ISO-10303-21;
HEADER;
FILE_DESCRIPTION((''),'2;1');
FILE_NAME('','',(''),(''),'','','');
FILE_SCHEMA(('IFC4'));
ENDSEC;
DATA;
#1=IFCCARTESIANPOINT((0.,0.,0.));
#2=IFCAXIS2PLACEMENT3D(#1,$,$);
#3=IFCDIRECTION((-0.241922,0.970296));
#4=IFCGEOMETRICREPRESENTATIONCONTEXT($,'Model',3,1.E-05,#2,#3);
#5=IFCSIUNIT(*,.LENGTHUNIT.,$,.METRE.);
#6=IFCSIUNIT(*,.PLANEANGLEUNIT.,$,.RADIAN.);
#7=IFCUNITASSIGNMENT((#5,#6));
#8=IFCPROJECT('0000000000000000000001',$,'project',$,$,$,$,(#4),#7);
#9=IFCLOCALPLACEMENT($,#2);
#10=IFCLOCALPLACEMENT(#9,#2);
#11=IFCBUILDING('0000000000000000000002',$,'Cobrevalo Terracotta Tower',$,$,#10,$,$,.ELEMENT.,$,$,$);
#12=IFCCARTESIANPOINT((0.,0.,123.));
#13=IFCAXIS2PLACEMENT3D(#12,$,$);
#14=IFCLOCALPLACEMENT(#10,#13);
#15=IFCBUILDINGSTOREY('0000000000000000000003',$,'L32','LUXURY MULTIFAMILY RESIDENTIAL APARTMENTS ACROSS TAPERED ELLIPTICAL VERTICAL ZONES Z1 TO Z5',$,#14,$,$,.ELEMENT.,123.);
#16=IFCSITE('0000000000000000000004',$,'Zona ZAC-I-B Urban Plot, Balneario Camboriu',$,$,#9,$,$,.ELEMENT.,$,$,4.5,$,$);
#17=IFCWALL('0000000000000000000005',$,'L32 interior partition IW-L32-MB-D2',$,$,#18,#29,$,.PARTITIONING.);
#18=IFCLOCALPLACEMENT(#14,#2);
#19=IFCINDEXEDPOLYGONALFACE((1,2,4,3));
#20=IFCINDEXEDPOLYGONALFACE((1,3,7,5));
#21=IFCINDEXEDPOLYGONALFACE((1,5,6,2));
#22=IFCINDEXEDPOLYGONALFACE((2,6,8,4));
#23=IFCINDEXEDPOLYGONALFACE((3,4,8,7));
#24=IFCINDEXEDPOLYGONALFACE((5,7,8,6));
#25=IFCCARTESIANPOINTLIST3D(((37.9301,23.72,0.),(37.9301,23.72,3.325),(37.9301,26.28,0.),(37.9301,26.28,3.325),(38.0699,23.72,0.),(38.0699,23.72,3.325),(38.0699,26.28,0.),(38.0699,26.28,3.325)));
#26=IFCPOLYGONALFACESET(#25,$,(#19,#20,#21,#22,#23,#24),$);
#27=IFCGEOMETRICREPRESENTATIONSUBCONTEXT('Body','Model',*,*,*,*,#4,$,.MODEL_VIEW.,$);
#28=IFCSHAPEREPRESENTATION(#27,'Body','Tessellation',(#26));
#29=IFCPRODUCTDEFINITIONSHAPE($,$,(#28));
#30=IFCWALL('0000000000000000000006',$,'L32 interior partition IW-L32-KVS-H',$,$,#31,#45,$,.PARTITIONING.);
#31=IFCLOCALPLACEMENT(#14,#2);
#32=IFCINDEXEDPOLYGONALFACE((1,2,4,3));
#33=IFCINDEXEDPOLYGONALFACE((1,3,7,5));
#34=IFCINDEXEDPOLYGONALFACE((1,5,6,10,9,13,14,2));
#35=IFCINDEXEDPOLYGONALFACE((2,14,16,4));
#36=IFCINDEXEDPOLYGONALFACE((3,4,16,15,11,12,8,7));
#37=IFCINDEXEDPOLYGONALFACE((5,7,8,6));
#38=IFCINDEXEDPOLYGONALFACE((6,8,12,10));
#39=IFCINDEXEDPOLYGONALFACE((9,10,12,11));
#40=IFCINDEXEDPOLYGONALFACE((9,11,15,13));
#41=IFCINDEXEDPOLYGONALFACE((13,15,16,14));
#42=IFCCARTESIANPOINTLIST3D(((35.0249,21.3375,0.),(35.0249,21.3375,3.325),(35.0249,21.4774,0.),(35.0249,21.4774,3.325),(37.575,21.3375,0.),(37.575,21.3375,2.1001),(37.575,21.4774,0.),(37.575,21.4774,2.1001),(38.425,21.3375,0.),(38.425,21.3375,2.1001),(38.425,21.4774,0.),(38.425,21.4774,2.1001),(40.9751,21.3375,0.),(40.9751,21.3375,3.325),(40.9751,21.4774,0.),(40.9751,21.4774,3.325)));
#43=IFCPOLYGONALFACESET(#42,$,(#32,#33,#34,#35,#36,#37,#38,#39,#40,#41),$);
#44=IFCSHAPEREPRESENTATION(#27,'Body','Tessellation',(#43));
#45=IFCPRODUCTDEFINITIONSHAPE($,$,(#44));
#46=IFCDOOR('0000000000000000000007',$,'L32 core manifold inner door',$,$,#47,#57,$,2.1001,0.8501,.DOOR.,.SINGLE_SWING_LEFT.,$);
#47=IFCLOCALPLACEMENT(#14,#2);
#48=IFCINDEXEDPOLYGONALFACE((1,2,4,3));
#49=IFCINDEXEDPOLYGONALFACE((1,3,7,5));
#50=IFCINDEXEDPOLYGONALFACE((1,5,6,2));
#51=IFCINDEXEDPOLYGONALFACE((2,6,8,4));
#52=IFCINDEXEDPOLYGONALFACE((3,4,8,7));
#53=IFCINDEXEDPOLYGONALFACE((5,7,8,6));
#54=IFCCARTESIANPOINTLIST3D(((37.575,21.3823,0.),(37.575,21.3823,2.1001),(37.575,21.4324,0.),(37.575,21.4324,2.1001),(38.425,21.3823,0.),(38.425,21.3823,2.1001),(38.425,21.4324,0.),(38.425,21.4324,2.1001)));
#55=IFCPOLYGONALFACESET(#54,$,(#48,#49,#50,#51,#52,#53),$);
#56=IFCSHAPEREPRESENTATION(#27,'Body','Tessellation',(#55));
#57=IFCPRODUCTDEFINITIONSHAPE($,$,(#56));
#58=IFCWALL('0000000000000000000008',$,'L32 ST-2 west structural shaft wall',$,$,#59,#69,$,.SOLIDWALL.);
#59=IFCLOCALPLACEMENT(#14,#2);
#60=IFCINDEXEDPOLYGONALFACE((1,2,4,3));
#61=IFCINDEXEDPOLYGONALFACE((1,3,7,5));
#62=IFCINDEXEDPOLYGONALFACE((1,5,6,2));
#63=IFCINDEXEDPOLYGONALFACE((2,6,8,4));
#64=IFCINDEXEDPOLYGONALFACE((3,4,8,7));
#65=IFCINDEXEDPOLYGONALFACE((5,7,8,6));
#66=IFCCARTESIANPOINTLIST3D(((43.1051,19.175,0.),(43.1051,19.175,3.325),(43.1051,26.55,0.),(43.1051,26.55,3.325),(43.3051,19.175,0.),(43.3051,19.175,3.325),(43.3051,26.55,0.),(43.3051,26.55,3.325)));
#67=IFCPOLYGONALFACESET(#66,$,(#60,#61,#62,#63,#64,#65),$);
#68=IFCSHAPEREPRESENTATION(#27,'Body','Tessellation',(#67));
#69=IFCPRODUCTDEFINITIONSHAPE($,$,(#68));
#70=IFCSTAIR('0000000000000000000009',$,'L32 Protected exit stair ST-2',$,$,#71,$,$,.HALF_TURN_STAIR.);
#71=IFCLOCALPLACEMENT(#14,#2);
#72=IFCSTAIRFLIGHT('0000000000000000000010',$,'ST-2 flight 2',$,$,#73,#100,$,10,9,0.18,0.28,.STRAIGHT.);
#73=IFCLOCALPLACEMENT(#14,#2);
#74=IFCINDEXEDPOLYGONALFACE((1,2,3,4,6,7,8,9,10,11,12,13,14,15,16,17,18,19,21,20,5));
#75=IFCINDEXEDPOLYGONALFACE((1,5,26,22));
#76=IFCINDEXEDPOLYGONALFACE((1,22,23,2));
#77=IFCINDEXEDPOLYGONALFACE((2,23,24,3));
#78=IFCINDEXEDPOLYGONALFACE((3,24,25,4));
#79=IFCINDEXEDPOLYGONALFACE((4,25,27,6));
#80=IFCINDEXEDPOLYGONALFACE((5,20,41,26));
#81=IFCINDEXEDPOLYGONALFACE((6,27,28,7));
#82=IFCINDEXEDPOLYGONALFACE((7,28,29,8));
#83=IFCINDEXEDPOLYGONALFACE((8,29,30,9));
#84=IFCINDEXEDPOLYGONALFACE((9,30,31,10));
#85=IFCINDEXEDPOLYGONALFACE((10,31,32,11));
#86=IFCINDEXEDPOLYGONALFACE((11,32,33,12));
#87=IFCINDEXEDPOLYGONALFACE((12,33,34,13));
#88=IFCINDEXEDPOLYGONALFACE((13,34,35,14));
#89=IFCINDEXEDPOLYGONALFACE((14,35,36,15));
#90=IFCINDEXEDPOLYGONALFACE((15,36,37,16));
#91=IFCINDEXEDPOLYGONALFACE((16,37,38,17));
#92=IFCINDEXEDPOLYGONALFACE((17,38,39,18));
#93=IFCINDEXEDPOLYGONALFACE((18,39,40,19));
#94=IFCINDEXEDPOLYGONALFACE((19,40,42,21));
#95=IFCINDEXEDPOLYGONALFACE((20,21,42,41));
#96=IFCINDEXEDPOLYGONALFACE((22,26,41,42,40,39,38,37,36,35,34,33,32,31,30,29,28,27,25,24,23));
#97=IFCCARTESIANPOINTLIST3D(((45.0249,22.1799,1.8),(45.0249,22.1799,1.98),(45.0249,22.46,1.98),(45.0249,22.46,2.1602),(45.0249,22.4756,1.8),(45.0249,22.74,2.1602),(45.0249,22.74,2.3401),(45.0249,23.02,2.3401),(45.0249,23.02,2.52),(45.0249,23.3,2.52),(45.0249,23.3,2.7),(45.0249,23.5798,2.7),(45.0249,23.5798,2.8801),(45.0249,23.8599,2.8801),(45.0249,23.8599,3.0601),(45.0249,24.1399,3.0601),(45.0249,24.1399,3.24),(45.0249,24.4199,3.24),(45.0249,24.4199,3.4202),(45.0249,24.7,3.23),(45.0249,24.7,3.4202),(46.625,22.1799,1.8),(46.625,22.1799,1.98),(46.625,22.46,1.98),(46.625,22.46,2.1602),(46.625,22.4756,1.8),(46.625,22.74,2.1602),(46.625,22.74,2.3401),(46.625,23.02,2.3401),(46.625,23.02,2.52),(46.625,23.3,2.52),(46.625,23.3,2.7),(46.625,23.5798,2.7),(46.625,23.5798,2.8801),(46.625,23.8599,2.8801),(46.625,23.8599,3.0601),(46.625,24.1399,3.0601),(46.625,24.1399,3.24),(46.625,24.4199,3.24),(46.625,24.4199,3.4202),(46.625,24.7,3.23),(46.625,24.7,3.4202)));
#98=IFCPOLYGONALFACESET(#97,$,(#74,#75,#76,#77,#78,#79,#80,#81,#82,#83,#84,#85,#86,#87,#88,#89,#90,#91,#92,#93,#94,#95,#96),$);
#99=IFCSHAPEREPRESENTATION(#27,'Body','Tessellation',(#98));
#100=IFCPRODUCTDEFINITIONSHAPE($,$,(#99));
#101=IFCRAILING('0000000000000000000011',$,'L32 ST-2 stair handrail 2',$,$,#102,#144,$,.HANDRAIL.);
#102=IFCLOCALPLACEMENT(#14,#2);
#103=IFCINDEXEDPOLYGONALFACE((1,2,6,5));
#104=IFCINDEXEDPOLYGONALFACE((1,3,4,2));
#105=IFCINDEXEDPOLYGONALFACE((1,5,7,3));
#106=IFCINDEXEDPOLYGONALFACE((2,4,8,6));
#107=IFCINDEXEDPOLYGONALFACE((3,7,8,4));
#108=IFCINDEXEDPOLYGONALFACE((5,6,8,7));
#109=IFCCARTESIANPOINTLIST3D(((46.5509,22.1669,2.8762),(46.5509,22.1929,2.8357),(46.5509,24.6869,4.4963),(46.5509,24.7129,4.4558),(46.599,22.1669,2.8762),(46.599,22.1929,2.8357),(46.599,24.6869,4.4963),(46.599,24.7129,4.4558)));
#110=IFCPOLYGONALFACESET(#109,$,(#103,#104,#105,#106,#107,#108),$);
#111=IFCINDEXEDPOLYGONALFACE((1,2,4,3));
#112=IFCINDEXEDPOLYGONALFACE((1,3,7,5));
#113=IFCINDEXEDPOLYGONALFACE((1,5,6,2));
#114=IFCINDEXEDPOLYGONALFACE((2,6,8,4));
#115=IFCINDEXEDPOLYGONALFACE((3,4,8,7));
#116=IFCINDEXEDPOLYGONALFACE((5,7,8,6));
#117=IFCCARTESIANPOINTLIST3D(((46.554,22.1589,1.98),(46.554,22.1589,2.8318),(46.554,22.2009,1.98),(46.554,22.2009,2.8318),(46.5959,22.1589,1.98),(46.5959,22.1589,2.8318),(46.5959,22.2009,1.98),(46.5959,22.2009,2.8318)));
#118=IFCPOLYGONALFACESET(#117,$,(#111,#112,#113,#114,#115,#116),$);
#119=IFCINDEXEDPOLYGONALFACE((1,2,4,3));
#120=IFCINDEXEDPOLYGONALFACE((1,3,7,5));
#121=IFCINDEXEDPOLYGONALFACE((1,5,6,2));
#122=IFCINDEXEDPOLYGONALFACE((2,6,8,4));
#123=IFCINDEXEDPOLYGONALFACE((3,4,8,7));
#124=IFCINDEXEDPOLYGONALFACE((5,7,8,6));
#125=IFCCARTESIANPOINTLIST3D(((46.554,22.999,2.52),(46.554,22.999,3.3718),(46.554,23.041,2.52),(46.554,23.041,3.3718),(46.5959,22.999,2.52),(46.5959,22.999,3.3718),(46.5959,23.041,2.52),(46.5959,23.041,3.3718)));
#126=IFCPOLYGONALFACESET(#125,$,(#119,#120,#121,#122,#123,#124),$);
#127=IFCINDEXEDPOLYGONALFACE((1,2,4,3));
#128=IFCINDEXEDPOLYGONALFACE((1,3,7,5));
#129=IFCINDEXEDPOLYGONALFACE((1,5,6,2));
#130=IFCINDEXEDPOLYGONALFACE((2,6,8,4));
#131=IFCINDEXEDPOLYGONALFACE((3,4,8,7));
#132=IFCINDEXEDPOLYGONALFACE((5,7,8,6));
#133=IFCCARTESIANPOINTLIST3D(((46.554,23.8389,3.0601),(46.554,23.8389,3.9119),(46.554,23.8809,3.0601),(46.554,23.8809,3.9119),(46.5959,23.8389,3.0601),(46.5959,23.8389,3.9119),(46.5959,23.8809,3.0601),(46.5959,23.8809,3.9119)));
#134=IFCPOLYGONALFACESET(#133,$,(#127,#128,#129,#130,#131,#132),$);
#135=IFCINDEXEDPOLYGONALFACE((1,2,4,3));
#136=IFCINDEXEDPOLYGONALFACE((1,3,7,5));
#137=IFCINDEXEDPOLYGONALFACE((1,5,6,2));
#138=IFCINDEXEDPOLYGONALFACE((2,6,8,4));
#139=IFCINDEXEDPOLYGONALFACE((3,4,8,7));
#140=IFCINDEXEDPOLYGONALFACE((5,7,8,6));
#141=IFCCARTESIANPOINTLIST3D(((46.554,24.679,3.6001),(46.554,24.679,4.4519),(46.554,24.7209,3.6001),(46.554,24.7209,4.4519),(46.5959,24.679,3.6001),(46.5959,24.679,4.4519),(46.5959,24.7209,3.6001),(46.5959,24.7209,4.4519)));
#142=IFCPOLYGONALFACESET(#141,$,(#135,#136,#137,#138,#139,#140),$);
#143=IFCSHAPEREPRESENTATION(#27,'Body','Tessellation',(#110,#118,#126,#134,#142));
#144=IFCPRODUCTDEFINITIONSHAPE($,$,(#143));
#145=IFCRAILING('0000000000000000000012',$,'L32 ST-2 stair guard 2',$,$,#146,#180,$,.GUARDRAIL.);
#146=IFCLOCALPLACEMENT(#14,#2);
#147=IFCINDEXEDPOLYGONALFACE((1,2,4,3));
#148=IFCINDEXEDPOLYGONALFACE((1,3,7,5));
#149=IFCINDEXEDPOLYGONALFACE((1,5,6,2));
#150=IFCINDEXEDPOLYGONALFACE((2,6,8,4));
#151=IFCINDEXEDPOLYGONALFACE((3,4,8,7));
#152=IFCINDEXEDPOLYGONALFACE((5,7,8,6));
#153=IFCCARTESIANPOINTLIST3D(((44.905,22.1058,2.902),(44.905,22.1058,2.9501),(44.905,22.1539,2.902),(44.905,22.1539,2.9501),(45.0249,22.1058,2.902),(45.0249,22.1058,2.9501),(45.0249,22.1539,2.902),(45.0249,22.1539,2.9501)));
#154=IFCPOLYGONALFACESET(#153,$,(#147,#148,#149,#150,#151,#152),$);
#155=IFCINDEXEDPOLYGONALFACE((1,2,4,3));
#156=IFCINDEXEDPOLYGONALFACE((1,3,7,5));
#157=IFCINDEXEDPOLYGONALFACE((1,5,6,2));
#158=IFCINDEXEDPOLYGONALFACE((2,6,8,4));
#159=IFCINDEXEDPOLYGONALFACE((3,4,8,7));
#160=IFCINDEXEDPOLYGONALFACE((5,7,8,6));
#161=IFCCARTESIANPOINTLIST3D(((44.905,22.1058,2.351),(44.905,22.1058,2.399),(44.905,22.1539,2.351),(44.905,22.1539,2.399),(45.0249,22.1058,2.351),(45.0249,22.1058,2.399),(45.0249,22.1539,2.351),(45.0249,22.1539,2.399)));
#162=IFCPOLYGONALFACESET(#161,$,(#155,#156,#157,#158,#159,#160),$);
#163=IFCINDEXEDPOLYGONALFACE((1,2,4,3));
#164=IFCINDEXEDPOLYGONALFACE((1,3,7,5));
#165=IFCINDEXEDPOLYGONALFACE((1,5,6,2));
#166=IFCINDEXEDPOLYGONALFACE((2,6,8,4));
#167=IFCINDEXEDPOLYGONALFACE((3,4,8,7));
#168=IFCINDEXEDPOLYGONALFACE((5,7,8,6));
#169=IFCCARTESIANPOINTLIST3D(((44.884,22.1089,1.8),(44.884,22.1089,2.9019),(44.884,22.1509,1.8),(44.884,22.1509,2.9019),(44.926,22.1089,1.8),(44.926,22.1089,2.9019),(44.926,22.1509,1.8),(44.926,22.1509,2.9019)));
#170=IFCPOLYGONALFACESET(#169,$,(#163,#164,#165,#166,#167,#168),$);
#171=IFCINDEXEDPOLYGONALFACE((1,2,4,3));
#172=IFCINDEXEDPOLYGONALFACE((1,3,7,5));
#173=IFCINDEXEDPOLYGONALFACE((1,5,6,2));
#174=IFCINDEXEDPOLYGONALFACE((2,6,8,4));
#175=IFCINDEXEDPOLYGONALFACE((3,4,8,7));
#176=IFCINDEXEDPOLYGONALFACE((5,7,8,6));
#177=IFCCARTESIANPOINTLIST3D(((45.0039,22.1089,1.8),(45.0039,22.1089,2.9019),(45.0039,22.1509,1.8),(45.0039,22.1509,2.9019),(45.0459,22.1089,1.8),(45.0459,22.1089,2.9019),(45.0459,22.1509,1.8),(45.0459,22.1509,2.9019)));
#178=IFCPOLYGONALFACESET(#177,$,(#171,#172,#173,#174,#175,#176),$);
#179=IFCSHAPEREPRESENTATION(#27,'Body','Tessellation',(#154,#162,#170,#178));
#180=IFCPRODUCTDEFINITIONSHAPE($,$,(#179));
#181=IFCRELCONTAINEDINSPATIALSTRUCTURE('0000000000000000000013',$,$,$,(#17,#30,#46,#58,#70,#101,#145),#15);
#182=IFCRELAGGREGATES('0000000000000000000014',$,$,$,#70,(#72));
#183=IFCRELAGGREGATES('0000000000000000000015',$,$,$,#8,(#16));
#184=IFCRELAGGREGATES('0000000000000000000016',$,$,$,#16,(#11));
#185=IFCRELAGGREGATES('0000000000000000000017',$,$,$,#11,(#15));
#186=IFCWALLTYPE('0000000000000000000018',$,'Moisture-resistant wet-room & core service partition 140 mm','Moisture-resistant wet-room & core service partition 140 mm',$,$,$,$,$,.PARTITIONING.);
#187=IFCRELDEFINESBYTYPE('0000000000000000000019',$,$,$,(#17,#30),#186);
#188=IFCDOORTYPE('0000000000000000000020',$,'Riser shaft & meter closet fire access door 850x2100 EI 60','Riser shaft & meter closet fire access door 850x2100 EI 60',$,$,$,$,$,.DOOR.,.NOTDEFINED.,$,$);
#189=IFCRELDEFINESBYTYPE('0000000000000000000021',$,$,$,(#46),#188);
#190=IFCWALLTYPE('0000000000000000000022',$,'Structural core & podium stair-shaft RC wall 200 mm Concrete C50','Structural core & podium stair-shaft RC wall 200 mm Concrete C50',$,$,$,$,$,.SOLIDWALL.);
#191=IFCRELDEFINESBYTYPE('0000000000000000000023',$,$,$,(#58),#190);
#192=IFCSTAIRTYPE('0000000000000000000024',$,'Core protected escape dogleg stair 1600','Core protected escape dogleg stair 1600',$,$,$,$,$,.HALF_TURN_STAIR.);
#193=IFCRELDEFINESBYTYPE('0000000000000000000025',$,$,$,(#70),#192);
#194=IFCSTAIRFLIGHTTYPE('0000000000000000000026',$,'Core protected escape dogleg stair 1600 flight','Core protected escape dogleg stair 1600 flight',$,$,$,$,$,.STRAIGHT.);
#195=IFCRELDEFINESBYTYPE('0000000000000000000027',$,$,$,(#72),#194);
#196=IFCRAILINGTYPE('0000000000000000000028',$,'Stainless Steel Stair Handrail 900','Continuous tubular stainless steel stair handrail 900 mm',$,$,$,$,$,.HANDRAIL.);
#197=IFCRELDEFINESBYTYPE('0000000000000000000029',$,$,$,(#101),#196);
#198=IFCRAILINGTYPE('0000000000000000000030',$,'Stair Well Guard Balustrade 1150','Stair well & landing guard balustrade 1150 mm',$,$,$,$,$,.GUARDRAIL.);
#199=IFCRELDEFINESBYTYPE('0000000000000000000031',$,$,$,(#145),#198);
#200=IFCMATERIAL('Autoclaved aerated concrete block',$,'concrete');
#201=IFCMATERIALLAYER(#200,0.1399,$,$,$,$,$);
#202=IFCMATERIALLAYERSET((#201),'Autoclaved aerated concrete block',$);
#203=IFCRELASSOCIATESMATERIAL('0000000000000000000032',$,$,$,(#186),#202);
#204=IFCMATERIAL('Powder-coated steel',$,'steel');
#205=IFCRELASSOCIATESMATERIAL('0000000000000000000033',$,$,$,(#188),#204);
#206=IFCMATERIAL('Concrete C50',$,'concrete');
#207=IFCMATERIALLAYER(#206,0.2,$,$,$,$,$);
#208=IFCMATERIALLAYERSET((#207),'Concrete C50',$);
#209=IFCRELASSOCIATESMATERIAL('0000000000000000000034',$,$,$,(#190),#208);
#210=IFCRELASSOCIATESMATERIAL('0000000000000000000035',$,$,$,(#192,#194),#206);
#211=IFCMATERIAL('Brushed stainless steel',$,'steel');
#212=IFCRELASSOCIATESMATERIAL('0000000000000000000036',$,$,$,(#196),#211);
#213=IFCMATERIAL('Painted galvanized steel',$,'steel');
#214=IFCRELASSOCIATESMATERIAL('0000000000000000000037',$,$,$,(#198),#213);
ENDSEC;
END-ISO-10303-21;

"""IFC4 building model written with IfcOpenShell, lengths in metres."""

from ifc_helpers import new_model, si_unit, direction, frame, frame_2d, origin, origin_2d, place, context, subcontext, project, spatial, polyline, rectangle, outline, extrude, source, transform, mapped, material, layer, layer_set, type_object, element, fill, aggregate, save


model = new_model("IFC4")

# Units and contexts
model_context = context("Model", 3, precision=1e-05, world=origin(), true_north=direction((-0.241922, 0.970296)))
body_context = subcontext(model_context, "Body", "Model", "MODEL_VIEW")
ifc_project = project(units=[si_unit("LENGTHUNIT", "METRE"), si_unit("PLANEANGLEUNIT", "RADIAN")], contexts=[model_context])

# Site, building, storey
site_placement = place(None, origin())
site = spatial("IfcSite", under=ifc_project, at=site_placement, Name="Zona ZAC-I-B Urban Plot, Balneario Camboriu", CompositionType="ELEMENT", RefElevation=4.5)
building_placement = place(site_placement, origin())
building = spatial("IfcBuilding", under=site, at=building_placement, Name="Cobrevalo Terracotta Tower", CompositionType="ELEMENT")
storey_placement = place(building_placement, frame((0.0, 0.0, 123.0)))
storey = spatial("IfcBuildingStorey", under=building, at=storey_placement, Name="L32", Description="LUXURY MULTIFAMILY RESIDENTIAL APARTMENTS ACROSS TAPERED ELLIPTICAL VERTICAL ZONES Z1 TO Z5", CompositionType="ELEMENT", Elevation=123.0)

# Shared definitions
ifc_material_1 = material(Name="Autoclaved aerated concrete block", Category="concrete")

# Wall
ifc_layer_1 = layer(ifc_material_1, 0.1399)
ifc_layer_set_1 = layer_set([ifc_layer_1], Name="Autoclaved aerated concrete block")
wall_type_1 = type_object("IfcWallType", Name="Moisture-resistant wet-room & core service partition 140 mm", Description="Moisture-resistant wet-room & core service partition 140 mm", PredefinedType="PARTITIONING", material=ifc_layer_set_1)
wall_1_placement = place(storey_placement, frame((38.0, 23.72, 0.0), z_axis=(0.0, 0.0, 1.0), x_axis=(0.0, 1.0, 0.0)))
element("IfcWall", 1, at=wall_1_placement, inside=storey, type_object=wall_type_1, Name="L32 interior partition IW-L32-MB-D2", PredefinedType="PARTITIONING", context=body_context, shape_type="SweptSolid", body=[
    extrude(rectangle(XDim=2.5601, YDim=0.1399, at=frame_2d((1.28, 0.0))), origin(), (0.0, 0.0, 1.0), 3.325),
])

# Wall, opening, door
wall_2_placement = place(storey_placement, frame((35.0249, 21.4075, 0.0), z_axis=(0.0, 0.0, 1.0), x_axis=(1.0, 0.0, 0.0)))
wall_2 = element("IfcWall", 2, at=wall_2_placement, inside=storey, type_object=wall_type_1, Name="L32 interior partition IW-L32-KVS-H", PredefinedType="PARTITIONING", context=body_context, shape_type="SweptSolid", body=[
    extrude(rectangle(XDim=5.9502, YDim=0.1399, at=frame_2d((2.9751, 0.0))), origin(), (0.0, 0.0, 1.0), 3.325),
])
opening_1_placement = place(wall_2_placement, frame((2.55, 0.0, 0.0)))
opening_1 = element("IfcOpeningElement", 3, at=opening_1_placement, cuts=wall_2, PredefinedType="OPENING", context=body_context, shape_type="SweptSolid", body=[
    extrude(rectangle(XDim=0.8501, YDim=2.1001, at=frame_2d((0.425, 1.05))), frame((0.0, 0.0801, 0.0), z_axis=(0.0, -1.0, 0.0), x_axis=(1.0, 0.0, 0.0)), (0.0, 0.0, 1.0), 0.1599),
])
ifc_material_2 = material(Name="Powder-coated steel", Category="steel")
door_type_1 = type_object("IfcDoorType", Name="Riser shaft & meter closet fire access door 850x2100 EI 60", Description="Riser shaft & meter closet fire access door 850x2100 EI 60", OperationType="NOTDEFINED", PredefinedType="DOOR", material=ifc_material_2)
shared_shape_1 = source(origin(), body_context, "Body", "SweptSolid", [
    extrude(rectangle(XDim=0.8501, YDim=2.1001, at=frame_2d((0.425, 1.05))), frame((0.0, 0.0249, 0.0), z_axis=(0.0, -1.0, 0.0), x_axis=(1.0, 0.0, 0.0)), (0.0, 0.0, 1.0), 0.05),
])
door_1_placement = place(opening_1_placement, origin())
door_1 = element("IfcDoor", 4, at=door_1_placement, inside=storey, type_object=door_type_1, Name="L32 core manifold inner door", OperationType="SINGLE_SWING_LEFT", OverallHeight=2.1001, OverallWidth=0.8501, PredefinedType="DOOR", context=body_context, shape_type="MappedRepresentation", body=[
    mapped(shared_shape_1, transform((0.0, 0.0, 0.0), scale=1.0)),
])
fill(opening_1, door_1)

# Wall
ifc_material_3 = material(Name="Concrete C50", Category="concrete")
ifc_layer_2 = layer(ifc_material_3, 0.2)
ifc_layer_set_2 = layer_set([ifc_layer_2], Name="Concrete C50")
wall_type_2 = type_object("IfcWallType", Name="Structural core & podium stair-shaft RC wall 200 mm Concrete C50", Description="Structural core & podium stair-shaft RC wall 200 mm Concrete C50", PredefinedType="SOLIDWALL", material=ifc_layer_set_2)
wall_3_placement = place(storey_placement, frame((43.2051, 19.175, 0.0), z_axis=(0.0, 0.0, 1.0), x_axis=(0.0, 1.0, 0.0)))
element("IfcWall", 5, at=wall_3_placement, inside=storey, type_object=wall_type_2, Name="L32 ST-2 west structural shaft wall", PredefinedType="SOLIDWALL", context=body_context, shape_type="SweptSolid", body=[
    extrude(rectangle(XDim=7.375, YDim=0.2, at=frame_2d((3.6875, 0.0))), origin(), (0.0, 0.0, 1.0), 3.325),
])

# Stair, stair flight
stair_type = type_object("IfcStairType", Name="Core protected escape dogleg stair 1600", Description="Core protected escape dogleg stair 1600", PredefinedType="HALF_TURN_STAIR", material=ifc_material_3)
stair_placement = place(storey_placement, origin())
stair = element("IfcStair", 6, at=stair_placement, inside=storey, type_object=stair_type, Name="L32 Protected exit stair ST-2", PredefinedType="HALF_TURN_STAIR")
stair_flight_type = type_object("IfcStairFlightType", Name="Core protected escape dogleg stair 1600 flight", Description="Core protected escape dogleg stair 1600 flight", PredefinedType="STRAIGHT", material=ifc_material_3)
stair_flight_placement = place(storey_placement, frame((45.825, 22.1799, 1.8), z_axis=(0.0, 0.0, 1.0), x_axis=(0.0, 1.0, 0.0)))
stair_flight = element("IfcStairFlight", 7, at=stair_flight_placement, type_object=stair_flight_type, Name="ST-2 flight 2", NumberOfRisers=10, NumberOfTreads=9, PredefinedType="STRAIGHT", RiserHeight=0.18, TreadLength=0.28, context=body_context, shape_type="SweptSolid", body=[
    extrude(outline(polyline([(0.0, 0.0), (0.0, 0.1799), (0.28, 0.1799), (0.28, 0.3601), (0.5601, 0.3601), (0.5601, 0.54), (0.8401, 0.54), (0.8401, 0.72), (1.1201, 0.72), (1.1201, 0.8999), (1.3999, 0.8999), (1.3999, 1.0801), (1.6799, 1.0801), (1.6799, 1.26), (1.96, 1.26), (1.96, 1.4399), (2.24, 1.4399), (2.24, 1.6201), (2.52, 1.6201), (2.52, 1.8), (2.52, 1.4299), (0.2957, 0.0), (0.0, 0.0)])), frame((0.0, 0.8, 0.0), z_axis=(0.0, -1.0, 0.0), x_axis=(1.0, 0.0, 0.0)), (0.0, 0.0, 1.0), 1.6001),
])
aggregate(stair, [stair_flight])

# Railings
ifc_material_4 = material(Name="Brushed stainless steel", Category="steel")
railing_type_1 = type_object("IfcRailingType", Name="Stainless Steel Stair Handrail 900", Description="Continuous tubular stainless steel stair handrail 900 mm", PredefinedType="HANDRAIL", material=ifc_material_4)
railing_1_placement = place(storey_placement, frame((46.575, 22.1799, 1.98)))
element("IfcRailing", 8, at=railing_1_placement, inside=storey, type_object=railing_type_1, Name="L32 ST-2 stair handrail 2", PredefinedType="HANDRAIL", context=body_context, shape_type="SweptSolid", body=[
    extrude(rectangle(XDim=0.0481, YDim=0.0481, at=origin_2d()), frame((0.0, 0.0, 0.876), z_axis=(0.0, 0.841163, 0.540782), x_axis=(-1.0, 0.0, 0.0)), (0.0, 0.0, 1.0), 2.9958),
    extrude(rectangle(XDim=0.042, YDim=0.042, at=origin_2d()), origin(), (0.0, 0.0, 1.0), 0.8518),
    extrude(rectangle(XDim=0.042, YDim=0.042, at=origin_2d()), frame((0.0, 0.8401, 0.54)), (0.0, 0.0, 1.0), 0.8518),
    extrude(rectangle(XDim=0.042, YDim=0.042, at=origin_2d()), frame((0.0, 1.6799, 1.0801)), (0.0, 0.0, 1.0), 0.8518),
    extrude(rectangle(XDim=0.042, YDim=0.042, at=origin_2d()), frame((0.0, 2.52, 1.6201)), (0.0, 0.0, 1.0), 0.8518),
])
ifc_material_5 = material(Name="Painted galvanized steel", Category="steel")
railing_type_2 = type_object("IfcRailingType", Name="Stair Well Guard Balustrade 1150", Description="Stair well & landing guard balustrade 1150 mm", PredefinedType="GUARDRAIL", material=ifc_material_5)
railing_2_placement = place(storey_placement, frame((44.905, 22.1299, 1.8)))
element("IfcRailing", 9, at=railing_2_placement, inside=storey, type_object=railing_type_2, Name="L32 ST-2 stair guard 2", PredefinedType="GUARDRAIL", context=body_context, shape_type="SweptSolid", body=[
    extrude(rectangle(XDim=0.0481, YDim=0.0481, at=origin_2d()), frame((0.0, 0.0, 1.126), z_axis=(1.0, 0.0, 0.0), x_axis=(0.0, 1.0, 0.0)), (0.0, 0.0, 1.0), 0.1199),
    extrude(rectangle(XDim=0.0481, YDim=0.0481, at=origin_2d()), frame((0.0, 0.0, 0.575), z_axis=(1.0, 0.0, 0.0), x_axis=(0.0, 1.0, 0.0)), (0.0, 0.0, 1.0), 0.1199),
    extrude(rectangle(XDim=0.042, YDim=0.042, at=origin_2d()), origin(), (0.0, 0.0, 1.0), 1.1018),
    extrude(rectangle(XDim=0.042, YDim=0.042, at=origin_2d()), frame((0.1199, 0.0, 0.0)), (0.0, 0.0, 1.0), 1.1018),
])

save(model, "model.ifc")
